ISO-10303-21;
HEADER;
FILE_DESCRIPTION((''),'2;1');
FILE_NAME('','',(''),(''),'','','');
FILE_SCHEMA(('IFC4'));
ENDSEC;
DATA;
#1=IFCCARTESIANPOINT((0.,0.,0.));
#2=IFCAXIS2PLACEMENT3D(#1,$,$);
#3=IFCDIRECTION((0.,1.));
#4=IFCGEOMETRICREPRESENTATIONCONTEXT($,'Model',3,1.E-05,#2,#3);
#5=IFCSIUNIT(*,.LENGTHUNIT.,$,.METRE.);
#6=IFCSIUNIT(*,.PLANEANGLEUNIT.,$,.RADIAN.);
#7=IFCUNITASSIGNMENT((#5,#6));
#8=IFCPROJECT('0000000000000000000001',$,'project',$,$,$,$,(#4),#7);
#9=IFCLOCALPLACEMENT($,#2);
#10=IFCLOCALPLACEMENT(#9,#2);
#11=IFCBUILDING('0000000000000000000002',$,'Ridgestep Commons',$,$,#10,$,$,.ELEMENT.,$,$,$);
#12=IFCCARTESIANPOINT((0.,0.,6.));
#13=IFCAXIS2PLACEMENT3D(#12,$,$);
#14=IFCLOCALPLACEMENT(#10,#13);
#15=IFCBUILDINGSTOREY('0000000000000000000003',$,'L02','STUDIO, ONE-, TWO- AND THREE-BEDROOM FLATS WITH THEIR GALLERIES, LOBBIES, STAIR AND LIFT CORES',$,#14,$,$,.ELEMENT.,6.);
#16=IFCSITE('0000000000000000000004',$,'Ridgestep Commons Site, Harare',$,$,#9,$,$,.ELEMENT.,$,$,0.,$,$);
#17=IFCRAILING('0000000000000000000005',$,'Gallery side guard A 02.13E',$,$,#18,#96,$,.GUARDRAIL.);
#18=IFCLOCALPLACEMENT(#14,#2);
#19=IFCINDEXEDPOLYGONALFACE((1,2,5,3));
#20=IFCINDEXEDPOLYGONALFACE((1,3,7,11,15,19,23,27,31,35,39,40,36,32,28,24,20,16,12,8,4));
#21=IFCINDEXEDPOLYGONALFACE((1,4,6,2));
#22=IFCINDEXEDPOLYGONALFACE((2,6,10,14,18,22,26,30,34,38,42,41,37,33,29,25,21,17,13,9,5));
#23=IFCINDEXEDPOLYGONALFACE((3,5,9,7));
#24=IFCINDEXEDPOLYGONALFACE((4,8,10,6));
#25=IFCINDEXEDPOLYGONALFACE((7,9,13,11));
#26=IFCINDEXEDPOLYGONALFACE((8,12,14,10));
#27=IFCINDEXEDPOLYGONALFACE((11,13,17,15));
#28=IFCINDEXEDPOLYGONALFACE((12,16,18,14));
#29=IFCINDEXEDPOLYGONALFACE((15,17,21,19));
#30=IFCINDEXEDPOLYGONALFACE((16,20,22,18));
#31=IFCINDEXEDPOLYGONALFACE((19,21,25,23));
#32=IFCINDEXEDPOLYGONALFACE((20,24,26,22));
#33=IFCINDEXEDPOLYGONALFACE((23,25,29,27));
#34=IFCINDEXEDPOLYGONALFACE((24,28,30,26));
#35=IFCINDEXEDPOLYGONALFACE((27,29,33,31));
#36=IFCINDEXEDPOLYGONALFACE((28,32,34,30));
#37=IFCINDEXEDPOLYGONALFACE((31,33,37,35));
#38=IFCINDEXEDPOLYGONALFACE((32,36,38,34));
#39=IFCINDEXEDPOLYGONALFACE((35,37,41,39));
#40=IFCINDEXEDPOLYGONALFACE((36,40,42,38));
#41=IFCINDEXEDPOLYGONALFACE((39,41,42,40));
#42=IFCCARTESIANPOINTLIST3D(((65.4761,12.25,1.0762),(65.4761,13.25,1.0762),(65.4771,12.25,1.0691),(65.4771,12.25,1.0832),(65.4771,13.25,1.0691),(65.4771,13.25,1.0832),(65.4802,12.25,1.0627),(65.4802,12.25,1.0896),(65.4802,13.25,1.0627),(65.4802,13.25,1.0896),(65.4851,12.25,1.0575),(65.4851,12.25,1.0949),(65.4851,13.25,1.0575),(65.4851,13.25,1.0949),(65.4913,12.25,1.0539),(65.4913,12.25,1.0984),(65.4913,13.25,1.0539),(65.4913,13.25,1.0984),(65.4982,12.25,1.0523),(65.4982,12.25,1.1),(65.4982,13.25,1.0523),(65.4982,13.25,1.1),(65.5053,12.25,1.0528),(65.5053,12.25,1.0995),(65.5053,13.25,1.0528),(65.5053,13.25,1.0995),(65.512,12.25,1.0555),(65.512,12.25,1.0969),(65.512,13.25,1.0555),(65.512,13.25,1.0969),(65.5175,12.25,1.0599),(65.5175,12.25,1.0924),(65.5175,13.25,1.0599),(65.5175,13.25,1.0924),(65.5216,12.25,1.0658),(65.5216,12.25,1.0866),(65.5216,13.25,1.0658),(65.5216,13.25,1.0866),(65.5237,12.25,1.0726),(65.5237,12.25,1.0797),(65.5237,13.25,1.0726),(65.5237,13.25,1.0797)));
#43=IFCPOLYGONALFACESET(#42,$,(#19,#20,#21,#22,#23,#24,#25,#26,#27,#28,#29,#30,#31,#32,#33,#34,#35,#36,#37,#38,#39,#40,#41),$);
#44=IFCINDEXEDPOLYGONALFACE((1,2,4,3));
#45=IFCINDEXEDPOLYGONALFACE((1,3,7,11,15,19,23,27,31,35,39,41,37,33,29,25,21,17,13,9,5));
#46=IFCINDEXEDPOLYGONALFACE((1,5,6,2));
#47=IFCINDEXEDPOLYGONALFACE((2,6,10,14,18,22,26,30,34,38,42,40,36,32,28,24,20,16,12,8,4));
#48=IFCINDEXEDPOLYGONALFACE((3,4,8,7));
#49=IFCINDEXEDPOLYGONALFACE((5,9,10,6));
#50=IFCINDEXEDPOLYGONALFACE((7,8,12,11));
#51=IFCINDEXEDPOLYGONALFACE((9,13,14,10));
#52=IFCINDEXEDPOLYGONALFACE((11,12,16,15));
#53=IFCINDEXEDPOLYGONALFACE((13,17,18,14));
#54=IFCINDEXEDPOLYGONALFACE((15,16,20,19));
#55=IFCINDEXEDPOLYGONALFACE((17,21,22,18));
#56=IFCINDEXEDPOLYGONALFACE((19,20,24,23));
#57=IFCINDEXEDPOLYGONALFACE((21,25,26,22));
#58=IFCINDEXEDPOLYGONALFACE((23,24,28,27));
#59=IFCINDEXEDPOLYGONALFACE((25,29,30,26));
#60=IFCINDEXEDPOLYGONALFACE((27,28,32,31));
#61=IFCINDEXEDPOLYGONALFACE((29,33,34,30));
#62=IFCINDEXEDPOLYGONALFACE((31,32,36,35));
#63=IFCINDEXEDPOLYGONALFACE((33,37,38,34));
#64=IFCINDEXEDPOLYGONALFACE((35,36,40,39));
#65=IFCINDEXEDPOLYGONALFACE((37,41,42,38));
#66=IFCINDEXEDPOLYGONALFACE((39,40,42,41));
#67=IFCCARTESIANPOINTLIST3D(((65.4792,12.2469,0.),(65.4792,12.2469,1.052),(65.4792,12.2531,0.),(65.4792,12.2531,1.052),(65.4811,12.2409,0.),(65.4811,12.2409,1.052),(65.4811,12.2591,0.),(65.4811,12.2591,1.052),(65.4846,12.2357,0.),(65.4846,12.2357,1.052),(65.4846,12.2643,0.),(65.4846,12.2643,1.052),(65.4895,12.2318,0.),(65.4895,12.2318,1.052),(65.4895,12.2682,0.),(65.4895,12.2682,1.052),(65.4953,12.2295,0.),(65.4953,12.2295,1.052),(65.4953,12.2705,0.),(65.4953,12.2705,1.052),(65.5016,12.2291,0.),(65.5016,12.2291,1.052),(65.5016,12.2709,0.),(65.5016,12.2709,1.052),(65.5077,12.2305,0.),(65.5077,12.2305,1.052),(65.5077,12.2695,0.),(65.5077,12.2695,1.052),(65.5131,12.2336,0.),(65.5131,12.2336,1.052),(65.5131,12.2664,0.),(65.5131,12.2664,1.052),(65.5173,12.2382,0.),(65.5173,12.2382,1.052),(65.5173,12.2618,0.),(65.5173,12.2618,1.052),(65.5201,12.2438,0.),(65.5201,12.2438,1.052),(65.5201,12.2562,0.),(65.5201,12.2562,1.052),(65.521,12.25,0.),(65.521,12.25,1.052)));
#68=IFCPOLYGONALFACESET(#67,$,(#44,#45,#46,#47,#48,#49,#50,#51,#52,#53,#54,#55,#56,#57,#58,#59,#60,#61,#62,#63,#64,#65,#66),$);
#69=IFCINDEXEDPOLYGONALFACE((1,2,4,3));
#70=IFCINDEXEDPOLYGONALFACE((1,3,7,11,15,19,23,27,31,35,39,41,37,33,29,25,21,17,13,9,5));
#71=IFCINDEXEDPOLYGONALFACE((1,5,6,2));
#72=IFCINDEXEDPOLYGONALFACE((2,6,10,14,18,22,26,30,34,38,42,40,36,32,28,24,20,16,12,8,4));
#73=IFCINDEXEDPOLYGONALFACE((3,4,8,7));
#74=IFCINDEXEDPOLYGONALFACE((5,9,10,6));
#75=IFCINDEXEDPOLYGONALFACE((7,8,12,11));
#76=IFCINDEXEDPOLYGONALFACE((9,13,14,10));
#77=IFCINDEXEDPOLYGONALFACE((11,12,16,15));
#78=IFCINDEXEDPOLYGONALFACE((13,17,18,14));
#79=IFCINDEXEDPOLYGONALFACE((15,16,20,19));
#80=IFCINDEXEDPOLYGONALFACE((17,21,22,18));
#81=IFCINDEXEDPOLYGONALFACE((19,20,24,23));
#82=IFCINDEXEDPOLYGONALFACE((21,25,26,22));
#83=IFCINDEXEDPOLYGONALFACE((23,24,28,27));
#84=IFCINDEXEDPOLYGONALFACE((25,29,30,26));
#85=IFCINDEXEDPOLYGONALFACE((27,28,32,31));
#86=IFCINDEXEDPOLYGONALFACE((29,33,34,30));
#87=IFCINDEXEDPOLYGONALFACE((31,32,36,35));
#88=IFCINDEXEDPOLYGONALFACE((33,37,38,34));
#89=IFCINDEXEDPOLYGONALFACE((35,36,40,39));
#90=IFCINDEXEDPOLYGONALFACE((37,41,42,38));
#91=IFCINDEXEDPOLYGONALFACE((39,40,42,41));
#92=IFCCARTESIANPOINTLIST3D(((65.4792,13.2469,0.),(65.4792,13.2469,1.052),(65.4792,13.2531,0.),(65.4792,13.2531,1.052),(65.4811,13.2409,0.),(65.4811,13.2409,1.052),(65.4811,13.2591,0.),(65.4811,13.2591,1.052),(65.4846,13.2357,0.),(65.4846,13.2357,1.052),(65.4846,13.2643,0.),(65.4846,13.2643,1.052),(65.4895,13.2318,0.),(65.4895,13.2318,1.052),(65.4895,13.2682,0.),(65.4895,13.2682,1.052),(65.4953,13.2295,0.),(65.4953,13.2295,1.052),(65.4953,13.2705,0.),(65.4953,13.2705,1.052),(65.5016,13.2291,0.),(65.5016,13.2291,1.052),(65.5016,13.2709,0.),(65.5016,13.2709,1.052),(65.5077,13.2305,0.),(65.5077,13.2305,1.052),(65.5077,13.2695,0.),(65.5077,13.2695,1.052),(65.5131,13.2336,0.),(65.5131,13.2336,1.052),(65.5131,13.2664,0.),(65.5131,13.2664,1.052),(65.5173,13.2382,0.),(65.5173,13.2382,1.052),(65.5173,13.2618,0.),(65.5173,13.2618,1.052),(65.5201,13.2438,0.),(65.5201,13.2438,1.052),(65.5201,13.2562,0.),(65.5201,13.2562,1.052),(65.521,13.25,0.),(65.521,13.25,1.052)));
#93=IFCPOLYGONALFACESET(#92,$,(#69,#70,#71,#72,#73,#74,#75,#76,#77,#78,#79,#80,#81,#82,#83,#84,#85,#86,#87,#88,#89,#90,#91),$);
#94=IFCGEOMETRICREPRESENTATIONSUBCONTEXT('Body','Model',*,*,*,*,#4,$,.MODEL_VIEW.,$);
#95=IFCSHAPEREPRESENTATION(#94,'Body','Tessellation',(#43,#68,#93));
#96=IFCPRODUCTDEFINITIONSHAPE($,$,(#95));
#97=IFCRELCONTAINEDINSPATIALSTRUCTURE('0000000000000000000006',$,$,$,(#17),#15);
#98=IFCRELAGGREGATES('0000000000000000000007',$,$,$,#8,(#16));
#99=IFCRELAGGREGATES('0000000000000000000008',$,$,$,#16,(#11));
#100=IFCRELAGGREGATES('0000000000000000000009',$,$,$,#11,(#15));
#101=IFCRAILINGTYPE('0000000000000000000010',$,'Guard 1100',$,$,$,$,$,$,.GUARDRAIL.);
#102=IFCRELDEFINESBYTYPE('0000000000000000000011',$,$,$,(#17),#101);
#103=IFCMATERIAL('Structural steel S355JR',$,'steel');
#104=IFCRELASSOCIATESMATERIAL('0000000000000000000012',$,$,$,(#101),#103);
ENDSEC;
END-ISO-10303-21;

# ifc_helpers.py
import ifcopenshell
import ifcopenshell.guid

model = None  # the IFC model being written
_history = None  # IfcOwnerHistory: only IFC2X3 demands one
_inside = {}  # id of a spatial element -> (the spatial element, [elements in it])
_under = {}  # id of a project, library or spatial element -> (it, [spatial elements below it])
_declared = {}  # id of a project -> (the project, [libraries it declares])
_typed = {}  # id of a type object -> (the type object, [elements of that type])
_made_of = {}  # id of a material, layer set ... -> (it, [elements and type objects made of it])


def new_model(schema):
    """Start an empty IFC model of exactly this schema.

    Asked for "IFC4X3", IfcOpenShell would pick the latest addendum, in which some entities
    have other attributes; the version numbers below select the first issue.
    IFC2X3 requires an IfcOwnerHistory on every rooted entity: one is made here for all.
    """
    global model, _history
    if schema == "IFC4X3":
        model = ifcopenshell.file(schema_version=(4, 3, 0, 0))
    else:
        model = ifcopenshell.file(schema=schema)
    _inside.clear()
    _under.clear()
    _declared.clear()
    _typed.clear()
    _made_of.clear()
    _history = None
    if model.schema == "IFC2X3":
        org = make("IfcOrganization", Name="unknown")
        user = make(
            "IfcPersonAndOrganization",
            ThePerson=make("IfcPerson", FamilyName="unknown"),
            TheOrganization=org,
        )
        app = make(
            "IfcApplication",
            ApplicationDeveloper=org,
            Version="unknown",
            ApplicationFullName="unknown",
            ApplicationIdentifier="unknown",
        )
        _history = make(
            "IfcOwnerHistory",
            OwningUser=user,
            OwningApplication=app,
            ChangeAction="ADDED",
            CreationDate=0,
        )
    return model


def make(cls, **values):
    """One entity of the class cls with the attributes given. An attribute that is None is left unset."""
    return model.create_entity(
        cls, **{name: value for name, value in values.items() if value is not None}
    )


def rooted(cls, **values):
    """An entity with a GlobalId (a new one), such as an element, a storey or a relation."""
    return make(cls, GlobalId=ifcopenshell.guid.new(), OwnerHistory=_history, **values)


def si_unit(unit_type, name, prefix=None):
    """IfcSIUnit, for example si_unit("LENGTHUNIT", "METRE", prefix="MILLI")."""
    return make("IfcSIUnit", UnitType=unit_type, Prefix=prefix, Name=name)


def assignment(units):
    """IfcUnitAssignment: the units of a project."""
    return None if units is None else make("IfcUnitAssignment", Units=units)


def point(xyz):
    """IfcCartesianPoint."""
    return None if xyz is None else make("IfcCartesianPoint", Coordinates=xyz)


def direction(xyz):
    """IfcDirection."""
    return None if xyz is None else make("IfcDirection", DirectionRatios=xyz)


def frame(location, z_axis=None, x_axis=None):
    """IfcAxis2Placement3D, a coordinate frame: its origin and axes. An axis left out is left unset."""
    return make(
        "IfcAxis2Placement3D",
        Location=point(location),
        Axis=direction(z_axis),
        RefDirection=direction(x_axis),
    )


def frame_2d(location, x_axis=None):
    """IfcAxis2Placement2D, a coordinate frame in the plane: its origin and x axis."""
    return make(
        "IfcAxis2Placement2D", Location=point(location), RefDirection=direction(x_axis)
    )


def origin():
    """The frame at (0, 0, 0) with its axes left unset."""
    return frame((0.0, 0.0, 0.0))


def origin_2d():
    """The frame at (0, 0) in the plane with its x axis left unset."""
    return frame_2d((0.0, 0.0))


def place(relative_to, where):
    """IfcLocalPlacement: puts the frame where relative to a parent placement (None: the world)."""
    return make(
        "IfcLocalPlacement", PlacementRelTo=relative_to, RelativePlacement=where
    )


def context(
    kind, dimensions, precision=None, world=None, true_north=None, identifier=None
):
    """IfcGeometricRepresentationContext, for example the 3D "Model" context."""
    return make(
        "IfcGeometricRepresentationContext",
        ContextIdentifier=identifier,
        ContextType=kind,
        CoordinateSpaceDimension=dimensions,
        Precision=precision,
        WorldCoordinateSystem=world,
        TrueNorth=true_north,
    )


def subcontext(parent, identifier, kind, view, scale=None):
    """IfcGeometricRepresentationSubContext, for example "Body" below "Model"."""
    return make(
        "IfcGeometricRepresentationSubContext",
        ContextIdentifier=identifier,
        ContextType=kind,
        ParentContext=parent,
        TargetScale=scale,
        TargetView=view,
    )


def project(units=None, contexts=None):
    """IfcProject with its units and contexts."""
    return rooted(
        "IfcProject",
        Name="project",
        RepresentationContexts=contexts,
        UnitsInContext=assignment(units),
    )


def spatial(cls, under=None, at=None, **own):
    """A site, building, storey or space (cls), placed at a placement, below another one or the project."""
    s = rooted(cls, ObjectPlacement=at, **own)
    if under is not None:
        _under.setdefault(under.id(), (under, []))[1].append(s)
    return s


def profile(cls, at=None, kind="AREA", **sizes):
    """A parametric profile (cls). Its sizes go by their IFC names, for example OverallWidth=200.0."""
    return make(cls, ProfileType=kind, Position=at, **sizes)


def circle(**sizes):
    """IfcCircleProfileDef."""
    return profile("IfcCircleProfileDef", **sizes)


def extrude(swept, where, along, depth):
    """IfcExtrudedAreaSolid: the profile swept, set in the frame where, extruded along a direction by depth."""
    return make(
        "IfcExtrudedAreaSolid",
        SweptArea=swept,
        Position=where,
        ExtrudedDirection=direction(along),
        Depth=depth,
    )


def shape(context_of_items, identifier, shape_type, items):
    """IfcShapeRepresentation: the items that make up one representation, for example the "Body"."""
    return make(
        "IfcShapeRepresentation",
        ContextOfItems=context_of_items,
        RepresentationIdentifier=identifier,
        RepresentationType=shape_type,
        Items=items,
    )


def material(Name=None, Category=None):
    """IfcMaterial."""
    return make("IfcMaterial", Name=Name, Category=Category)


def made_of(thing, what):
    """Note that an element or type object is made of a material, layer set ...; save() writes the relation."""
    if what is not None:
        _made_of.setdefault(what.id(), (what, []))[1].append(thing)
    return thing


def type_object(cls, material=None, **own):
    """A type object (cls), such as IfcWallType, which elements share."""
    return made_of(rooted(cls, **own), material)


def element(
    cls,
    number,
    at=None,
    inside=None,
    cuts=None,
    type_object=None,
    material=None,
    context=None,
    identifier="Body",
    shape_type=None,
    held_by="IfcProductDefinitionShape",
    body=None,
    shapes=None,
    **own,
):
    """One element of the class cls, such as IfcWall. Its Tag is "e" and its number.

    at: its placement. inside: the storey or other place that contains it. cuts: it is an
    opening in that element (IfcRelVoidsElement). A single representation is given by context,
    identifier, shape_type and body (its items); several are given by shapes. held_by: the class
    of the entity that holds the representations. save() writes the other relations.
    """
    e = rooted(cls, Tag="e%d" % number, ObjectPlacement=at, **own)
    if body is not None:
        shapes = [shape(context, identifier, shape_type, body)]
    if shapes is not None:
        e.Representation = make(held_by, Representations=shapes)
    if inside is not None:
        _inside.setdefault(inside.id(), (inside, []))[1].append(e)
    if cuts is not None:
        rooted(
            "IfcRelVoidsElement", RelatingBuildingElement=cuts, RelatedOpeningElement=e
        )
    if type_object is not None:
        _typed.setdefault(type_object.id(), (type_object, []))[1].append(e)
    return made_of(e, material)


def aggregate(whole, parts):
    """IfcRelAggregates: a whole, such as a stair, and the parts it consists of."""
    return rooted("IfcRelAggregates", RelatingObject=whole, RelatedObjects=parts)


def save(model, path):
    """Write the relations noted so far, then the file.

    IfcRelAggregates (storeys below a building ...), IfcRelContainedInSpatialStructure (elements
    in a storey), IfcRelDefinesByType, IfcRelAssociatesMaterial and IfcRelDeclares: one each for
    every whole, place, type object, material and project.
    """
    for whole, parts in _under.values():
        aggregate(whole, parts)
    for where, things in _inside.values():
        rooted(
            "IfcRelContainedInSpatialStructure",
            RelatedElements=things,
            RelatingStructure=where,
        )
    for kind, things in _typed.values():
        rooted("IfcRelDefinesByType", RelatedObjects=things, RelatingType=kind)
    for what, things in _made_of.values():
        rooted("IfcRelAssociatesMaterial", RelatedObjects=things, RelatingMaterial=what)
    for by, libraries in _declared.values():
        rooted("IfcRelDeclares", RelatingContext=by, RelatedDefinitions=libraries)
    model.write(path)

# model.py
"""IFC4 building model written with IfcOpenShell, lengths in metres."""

from ifc_helpers import new_model, si_unit, direction, frame, origin, origin_2d, place, context, subcontext, project, spatial, circle, extrude, material, type_object, element, save


model = new_model("IFC4")

# Units and contexts
model_context = context("Model", 3, precision=1e-05, world=origin(), true_north=direction((0.0, 1.0)))
body_context = subcontext(model_context, "Body", "Model", "MODEL_VIEW")
ifc_project = project(units=[si_unit("LENGTHUNIT", "METRE"), si_unit("PLANEANGLEUNIT", "RADIAN")], contexts=[model_context])

# Site, building, storey
site_placement = place(None, origin())
site = spatial("IfcSite", under=ifc_project, at=site_placement, Name="Ridgestep Commons Site, Harare", CompositionType="ELEMENT", RefElevation=0.0)
building_placement = place(site_placement, origin())
building = spatial("IfcBuilding", under=site, at=building_placement, Name="Ridgestep Commons", CompositionType="ELEMENT")
storey_placement = place(building_placement, frame((0.0, 0.0, 6.0)))
storey = spatial("IfcBuildingStorey", under=building, at=storey_placement, Name="L02", Description="STUDIO, ONE-, TWO- AND THREE-BEDROOM FLATS WITH THEIR GALLERIES, LOBBIES, STAIR AND LIFT CORES", CompositionType="ELEMENT", Elevation=6.0)

# Railing
ifc_material_1 = material(Name="Structural steel S355JR", Category="steel")
railing_type = type_object("IfcRailingType", Name="Guard 1100", PredefinedType="GUARDRAIL", material=ifc_material_1)
for number, where, name in (
    (1, (65.5, 12.25, 0.0), "Gallery side guard A 02.13E"),
):
    element("IfcRailing", number, at=place(storey_placement, frame(where)), inside=storey, type_object=railing_type, Name=name, PredefinedType="GUARDRAIL", context=body_context, shape_type="SweptSolid", body=[
        extrude(circle(Radius=0.0239, at=origin_2d()), frame((0.0, 0.0, 1.0762), z_axis=(0.0, 1.0, 0.0), x_axis=(-1.0, 0.0, 0.0)), (0.0, 0.0, 1.0), 1.0),
        extrude(circle(Radius=0.021, at=origin_2d()), origin(), (0.0, 0.0, 1.0), 1.052),
        extrude(circle(Radius=0.021, at=origin_2d()), frame((0.0, 1.0, 0.0)), (0.0, 0.0, 1.0), 1.052),
    ])

save(model, "model.ifc")
